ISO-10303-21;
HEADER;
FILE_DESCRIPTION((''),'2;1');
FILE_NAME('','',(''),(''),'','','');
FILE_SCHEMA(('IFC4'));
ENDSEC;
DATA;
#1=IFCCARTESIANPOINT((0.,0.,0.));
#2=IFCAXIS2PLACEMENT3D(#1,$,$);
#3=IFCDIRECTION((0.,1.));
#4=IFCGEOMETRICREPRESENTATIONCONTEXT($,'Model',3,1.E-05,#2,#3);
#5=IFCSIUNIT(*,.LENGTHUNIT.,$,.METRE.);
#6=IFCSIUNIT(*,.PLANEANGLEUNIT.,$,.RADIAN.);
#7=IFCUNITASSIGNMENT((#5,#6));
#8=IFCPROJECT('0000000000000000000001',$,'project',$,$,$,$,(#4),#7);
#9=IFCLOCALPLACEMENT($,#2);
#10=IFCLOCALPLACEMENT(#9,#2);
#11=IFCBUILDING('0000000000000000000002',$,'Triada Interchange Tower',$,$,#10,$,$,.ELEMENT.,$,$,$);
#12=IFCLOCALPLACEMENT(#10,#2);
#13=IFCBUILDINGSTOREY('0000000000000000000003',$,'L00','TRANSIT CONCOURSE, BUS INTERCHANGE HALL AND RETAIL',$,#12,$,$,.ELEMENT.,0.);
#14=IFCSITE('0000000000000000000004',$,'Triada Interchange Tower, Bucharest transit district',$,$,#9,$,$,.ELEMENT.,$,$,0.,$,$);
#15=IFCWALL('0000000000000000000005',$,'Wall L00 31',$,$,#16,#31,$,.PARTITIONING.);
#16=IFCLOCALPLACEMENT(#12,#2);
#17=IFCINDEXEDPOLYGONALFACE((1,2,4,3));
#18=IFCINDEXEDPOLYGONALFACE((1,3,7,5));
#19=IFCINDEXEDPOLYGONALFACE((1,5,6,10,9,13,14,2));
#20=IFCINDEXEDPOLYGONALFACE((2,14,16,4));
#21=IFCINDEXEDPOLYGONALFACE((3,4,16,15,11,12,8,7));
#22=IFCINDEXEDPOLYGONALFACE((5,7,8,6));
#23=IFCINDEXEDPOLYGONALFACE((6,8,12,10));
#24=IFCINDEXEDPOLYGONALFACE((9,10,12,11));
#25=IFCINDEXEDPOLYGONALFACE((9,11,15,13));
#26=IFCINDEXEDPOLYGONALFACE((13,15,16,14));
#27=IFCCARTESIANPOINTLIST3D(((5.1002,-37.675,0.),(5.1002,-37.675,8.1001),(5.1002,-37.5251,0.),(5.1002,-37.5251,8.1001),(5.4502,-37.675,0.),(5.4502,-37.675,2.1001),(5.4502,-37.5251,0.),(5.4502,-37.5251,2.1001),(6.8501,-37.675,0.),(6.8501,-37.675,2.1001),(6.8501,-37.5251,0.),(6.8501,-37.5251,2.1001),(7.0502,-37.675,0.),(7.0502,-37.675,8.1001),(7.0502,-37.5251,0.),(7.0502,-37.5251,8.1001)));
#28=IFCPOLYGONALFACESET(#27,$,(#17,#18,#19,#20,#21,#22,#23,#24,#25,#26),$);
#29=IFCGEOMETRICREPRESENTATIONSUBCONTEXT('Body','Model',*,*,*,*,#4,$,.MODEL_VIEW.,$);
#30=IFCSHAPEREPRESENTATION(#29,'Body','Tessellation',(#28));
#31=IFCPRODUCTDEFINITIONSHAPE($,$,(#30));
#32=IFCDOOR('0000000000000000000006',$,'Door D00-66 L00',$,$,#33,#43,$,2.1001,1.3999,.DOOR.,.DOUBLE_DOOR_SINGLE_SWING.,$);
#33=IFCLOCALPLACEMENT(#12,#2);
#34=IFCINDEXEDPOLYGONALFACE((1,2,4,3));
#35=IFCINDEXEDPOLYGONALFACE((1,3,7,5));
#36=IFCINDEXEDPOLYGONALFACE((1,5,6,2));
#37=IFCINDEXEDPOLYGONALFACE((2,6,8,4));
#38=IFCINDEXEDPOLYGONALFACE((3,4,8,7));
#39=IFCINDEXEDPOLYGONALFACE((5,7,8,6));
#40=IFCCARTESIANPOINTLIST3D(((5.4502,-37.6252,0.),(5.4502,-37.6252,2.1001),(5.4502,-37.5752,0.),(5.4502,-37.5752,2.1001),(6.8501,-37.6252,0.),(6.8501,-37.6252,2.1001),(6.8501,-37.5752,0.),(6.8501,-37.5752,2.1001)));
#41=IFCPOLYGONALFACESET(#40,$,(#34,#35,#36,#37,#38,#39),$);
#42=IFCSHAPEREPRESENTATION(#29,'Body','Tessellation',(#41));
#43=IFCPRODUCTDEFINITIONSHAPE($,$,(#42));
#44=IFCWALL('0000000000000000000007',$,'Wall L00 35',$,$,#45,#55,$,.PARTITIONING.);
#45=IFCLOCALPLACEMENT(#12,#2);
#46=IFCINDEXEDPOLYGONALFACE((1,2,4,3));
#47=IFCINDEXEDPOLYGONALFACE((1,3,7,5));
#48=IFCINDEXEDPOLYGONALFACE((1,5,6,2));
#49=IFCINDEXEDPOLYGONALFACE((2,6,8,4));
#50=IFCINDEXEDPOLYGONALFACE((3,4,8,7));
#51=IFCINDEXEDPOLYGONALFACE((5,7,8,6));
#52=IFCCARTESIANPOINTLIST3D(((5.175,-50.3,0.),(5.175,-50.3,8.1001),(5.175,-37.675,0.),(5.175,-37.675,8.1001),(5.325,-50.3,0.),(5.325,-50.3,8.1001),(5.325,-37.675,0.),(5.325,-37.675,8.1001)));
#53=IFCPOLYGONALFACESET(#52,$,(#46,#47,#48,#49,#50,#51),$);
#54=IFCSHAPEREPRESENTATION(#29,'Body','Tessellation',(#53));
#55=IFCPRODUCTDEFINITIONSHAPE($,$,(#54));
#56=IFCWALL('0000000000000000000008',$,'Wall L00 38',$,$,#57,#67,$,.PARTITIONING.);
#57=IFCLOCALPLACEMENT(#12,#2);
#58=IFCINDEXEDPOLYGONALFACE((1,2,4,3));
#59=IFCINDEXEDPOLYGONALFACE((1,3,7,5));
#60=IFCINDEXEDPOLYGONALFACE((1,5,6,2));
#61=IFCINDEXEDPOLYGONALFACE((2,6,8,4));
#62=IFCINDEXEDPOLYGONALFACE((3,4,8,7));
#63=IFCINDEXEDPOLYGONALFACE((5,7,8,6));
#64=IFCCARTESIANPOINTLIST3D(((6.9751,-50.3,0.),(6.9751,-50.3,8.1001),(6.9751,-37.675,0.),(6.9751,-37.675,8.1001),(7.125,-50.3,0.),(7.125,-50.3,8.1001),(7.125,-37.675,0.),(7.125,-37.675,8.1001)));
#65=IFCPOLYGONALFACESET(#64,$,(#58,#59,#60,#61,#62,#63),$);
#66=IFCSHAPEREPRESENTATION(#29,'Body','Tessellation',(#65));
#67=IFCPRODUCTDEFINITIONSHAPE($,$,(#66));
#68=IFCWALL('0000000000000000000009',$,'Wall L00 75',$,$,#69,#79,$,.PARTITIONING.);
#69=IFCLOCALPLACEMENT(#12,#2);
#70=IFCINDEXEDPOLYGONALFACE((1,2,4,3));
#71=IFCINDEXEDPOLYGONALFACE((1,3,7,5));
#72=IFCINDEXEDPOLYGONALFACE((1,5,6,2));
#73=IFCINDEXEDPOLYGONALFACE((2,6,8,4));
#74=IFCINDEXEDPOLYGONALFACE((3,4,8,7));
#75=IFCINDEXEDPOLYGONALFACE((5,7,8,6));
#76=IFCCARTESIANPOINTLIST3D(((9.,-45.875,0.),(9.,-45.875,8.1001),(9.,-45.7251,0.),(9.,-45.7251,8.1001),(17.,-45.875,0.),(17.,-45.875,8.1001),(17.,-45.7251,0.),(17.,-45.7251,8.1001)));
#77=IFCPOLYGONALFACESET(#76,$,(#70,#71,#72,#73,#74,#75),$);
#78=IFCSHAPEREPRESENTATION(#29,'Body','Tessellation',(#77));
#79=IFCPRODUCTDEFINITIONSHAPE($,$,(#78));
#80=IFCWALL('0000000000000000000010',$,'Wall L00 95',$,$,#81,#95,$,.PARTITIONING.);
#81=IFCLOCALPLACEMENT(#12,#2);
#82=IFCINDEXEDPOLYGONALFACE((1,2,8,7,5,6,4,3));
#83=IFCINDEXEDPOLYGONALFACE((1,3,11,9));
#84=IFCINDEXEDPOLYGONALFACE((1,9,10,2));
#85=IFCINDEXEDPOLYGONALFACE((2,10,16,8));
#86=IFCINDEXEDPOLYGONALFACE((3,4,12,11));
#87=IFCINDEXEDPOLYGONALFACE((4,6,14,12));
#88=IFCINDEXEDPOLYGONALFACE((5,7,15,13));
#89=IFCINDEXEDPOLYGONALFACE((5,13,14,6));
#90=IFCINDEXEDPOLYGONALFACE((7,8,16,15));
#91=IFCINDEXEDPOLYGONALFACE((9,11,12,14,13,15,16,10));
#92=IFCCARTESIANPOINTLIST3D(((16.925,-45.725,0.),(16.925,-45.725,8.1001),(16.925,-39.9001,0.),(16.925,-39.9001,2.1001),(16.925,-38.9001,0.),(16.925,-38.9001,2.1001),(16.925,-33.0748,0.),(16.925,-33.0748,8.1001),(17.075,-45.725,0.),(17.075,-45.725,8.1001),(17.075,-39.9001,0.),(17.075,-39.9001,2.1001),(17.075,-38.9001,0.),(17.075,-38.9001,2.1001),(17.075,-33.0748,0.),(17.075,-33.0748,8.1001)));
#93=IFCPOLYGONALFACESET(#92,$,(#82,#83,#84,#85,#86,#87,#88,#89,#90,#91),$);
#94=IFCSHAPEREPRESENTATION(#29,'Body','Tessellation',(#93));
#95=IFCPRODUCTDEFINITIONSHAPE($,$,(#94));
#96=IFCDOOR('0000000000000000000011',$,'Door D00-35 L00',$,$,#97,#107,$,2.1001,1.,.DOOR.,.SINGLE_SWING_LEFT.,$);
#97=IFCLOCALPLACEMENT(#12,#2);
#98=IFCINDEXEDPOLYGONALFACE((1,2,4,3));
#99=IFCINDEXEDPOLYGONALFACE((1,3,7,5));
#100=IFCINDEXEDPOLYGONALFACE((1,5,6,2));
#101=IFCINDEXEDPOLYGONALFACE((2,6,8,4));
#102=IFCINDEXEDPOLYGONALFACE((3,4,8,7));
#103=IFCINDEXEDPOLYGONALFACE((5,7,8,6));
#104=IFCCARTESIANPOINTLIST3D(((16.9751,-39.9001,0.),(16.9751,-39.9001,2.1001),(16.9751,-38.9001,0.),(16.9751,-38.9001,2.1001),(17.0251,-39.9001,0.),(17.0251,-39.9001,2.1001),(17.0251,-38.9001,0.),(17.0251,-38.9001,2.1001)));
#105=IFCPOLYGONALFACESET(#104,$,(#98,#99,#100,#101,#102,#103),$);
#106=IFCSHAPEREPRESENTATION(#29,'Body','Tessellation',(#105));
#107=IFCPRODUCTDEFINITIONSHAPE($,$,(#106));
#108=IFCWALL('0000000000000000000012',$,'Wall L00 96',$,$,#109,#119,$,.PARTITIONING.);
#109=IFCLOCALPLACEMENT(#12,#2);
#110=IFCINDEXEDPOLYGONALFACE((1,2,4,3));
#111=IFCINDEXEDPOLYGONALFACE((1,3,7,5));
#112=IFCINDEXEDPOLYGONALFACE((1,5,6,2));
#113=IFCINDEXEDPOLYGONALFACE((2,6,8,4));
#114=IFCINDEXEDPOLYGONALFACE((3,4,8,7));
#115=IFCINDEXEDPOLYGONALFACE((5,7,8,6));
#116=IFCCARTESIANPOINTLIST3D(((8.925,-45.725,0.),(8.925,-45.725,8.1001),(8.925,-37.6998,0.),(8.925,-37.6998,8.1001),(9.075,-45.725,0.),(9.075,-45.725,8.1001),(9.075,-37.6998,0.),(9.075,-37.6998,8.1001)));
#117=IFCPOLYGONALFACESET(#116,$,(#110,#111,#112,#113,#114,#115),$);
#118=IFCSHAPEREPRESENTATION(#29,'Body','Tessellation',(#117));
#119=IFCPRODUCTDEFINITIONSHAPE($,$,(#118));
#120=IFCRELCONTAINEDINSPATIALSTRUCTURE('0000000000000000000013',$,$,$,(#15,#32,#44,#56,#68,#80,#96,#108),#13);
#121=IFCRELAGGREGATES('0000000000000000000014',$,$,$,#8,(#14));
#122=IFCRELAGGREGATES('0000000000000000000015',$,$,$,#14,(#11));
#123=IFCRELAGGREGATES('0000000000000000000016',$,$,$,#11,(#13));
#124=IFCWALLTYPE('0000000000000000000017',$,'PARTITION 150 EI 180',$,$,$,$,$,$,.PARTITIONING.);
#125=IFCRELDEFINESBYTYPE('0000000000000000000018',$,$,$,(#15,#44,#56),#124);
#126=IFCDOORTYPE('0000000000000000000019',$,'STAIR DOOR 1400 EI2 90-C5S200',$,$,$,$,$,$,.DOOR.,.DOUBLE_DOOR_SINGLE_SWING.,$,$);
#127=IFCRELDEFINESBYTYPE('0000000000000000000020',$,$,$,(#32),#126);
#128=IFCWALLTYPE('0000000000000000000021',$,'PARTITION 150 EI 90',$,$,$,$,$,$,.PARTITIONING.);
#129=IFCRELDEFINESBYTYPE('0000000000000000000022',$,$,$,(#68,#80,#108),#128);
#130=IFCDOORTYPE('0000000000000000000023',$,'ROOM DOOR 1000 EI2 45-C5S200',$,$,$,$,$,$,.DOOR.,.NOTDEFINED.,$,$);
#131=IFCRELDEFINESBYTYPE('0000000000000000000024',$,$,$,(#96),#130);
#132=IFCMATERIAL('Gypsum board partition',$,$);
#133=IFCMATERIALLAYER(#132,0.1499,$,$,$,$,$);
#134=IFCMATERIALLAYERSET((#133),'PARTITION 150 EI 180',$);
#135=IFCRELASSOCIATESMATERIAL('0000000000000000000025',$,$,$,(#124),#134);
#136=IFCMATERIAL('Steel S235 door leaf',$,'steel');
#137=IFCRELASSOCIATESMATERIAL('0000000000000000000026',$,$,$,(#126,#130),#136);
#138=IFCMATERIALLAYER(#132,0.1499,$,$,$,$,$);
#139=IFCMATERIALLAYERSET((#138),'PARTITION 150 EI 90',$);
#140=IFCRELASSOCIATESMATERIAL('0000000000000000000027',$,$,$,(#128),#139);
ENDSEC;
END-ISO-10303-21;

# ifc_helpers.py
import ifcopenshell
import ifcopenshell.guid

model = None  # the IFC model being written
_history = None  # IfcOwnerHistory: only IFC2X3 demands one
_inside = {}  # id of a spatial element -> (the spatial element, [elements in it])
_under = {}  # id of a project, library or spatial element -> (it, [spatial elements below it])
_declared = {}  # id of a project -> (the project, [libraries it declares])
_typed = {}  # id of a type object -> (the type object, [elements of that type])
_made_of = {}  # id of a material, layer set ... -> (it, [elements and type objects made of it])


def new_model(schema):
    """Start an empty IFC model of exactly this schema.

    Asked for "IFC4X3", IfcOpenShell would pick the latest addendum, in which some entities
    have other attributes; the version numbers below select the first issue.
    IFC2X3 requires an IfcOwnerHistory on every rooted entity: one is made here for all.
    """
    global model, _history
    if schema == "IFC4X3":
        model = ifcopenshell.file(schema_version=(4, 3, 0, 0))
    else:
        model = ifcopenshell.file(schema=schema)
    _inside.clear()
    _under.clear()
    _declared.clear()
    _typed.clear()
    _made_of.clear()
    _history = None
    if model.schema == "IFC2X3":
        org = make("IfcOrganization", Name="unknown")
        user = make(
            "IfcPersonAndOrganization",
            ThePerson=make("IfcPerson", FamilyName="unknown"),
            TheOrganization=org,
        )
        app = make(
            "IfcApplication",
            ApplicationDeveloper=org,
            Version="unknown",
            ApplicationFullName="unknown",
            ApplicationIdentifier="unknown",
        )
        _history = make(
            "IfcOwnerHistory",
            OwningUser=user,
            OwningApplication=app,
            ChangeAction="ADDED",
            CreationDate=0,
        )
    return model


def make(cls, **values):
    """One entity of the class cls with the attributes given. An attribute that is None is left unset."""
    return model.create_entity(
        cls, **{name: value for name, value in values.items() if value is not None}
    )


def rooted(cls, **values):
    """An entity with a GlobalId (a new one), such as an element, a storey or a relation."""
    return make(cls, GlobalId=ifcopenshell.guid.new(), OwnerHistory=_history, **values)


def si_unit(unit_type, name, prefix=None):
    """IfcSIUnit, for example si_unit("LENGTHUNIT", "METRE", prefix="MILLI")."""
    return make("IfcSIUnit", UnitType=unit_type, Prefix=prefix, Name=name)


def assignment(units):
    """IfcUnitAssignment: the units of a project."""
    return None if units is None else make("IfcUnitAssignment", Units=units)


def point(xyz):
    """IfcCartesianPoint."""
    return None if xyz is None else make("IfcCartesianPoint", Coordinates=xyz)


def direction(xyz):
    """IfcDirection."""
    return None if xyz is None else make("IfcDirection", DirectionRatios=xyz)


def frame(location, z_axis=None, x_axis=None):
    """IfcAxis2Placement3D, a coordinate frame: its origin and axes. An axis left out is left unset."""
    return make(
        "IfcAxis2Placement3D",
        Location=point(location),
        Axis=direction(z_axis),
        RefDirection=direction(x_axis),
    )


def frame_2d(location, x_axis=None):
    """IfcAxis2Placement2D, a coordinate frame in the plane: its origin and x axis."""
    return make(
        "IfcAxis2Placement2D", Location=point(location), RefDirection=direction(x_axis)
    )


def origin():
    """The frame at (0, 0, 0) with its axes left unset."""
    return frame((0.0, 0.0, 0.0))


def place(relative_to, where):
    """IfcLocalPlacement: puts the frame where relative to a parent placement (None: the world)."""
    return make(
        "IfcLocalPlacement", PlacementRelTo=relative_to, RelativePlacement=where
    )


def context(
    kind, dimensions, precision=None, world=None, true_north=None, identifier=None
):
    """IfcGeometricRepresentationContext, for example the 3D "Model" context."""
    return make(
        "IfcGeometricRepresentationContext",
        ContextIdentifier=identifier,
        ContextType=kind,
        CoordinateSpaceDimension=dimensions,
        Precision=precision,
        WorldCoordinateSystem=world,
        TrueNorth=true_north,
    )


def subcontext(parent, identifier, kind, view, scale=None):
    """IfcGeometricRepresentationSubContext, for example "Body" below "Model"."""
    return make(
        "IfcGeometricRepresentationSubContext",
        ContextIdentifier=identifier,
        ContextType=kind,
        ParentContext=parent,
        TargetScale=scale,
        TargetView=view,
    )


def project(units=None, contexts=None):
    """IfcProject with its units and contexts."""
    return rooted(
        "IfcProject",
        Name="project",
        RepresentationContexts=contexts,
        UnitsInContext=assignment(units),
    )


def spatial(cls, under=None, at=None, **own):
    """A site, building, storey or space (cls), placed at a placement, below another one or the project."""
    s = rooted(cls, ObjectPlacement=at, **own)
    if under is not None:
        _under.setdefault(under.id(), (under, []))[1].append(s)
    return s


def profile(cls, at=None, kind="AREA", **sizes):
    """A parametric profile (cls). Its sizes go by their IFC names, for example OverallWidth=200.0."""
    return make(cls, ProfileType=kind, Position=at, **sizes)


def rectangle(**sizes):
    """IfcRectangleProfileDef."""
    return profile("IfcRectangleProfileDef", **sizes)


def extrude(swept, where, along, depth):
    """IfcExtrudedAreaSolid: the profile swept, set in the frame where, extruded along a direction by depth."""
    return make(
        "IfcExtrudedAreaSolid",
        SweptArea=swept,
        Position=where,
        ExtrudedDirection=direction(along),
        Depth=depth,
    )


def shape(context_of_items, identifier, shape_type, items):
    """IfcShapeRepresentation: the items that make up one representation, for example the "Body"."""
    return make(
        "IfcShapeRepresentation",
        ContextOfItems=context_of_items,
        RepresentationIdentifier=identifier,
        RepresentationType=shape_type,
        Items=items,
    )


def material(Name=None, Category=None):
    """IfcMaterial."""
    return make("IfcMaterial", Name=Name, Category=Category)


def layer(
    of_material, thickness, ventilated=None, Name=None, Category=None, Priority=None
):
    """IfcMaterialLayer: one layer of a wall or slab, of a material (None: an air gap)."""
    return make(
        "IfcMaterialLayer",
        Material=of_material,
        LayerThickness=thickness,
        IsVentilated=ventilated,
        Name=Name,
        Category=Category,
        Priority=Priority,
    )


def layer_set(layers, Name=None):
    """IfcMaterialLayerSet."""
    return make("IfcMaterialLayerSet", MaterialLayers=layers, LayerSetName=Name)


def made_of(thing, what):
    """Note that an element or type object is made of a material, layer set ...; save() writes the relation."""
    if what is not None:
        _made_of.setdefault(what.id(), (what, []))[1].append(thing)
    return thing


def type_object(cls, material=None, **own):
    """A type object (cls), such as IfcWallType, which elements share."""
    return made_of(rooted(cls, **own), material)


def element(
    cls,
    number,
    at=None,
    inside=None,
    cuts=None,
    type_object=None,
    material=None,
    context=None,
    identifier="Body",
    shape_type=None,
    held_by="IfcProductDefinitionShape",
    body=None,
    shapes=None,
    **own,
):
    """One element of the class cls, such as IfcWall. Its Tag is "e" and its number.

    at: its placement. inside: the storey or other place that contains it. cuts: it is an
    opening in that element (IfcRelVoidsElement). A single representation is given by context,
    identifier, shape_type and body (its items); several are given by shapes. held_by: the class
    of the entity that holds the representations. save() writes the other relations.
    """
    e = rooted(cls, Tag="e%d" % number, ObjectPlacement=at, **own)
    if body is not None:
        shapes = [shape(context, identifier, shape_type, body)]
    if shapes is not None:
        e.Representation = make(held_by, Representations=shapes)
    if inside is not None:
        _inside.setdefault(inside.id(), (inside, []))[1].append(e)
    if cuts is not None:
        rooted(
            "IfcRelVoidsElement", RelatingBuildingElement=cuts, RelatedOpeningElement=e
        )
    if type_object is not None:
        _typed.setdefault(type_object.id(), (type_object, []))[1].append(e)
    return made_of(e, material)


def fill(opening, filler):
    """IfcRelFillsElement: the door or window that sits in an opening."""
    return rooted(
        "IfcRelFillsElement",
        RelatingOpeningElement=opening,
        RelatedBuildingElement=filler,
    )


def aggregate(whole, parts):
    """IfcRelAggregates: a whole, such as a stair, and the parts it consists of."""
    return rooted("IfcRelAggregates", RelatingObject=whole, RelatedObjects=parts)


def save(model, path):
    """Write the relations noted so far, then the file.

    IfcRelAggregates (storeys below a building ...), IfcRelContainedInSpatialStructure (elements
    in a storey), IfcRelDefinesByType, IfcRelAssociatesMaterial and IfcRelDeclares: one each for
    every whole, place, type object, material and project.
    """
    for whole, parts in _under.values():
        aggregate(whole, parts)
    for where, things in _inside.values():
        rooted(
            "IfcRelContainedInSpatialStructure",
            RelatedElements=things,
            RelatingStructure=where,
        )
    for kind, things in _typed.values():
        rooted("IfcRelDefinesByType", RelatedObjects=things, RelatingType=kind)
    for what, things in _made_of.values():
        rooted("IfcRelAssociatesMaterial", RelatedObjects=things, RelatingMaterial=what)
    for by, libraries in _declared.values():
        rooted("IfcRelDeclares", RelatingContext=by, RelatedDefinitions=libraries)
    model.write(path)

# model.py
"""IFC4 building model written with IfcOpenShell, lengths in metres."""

from ifc_helpers import new_model, si_unit, direction, frame, frame_2d, origin, place, context, subcontext, project, spatial, rectangle, extrude, material, layer, layer_set, type_object, element, fill, save


model = new_model("IFC4")

# Units and contexts
model_context = context("Model", 3, precision=1e-05, world=origin(), true_north=direction((0.0, 1.0)))
body_context = subcontext(model_context, "Body", "Model", "MODEL_VIEW")
ifc_project = project(units=[si_unit("LENGTHUNIT", "METRE"), si_unit("PLANEANGLEUNIT", "RADIAN")], contexts=[model_context])

# Site, building, storey
site_placement = place(None, origin())
site = spatial("IfcSite", under=ifc_project, at=site_placement, Name="Triada Interchange Tower, Bucharest transit district", CompositionType="ELEMENT", RefElevation=0.0)
building_placement = place(site_placement, origin())
building = spatial("IfcBuilding", under=site, at=building_placement, Name="Triada Interchange Tower", CompositionType="ELEMENT")
storey_placement = place(building_placement, origin())
storey = spatial("IfcBuildingStorey", under=building, at=storey_placement, Name="L00", Description="TRANSIT CONCOURSE, BUS INTERCHANGE HALL AND RETAIL", CompositionType="ELEMENT", Elevation=0.0)

# Wall, opening, door
ifc_material_1 = material(Name="Gypsum board partition")
ifc_layer_1 = layer(ifc_material_1, 0.1499)
ifc_layer_set_1 = layer_set([ifc_layer_1], Name="PARTITION 150 EI 180")
wall_type_1 = type_object("IfcWallType", Name="PARTITION 150 EI 180", PredefinedType="PARTITIONING", material=ifc_layer_set_1)
wall_1_placement = place(storey_placement, frame((5.1001, -37.6001, 0.0), z_axis=(0.0, 0.0, 1.0), x_axis=(1.0, 0.0, 0.0)))
wall_1 = element("IfcWall", 1, at=wall_1_placement, inside=storey, type_object=wall_type_1, Name="Wall L00 31", PredefinedType="PARTITIONING", context=body_context, shape_type="SweptSolid", body=[
    extrude(rectangle(XDim=1.95, YDim=0.1499, at=frame_2d((0.9751, 0.0))), origin(), (0.0, 0.0, 1.0), 8.1001),
])
opening_1_placement = place(wall_1_placement, frame((0.3501, 0.0, 0.0)))
opening_1 = element("IfcOpeningElement", 2, at=opening_1_placement, cuts=wall_1, PredefinedType="OPENING", context=body_context, shape_type="SweptSolid", body=[
    extrude(rectangle(XDim=1.3999, YDim=2.1001, at=frame_2d((0.7, 1.05))), frame((0.0, 0.085, 0.0), z_axis=(0.0, -1.0, 0.0), x_axis=(1.0, 0.0, 0.0)), (0.0, 0.0, 1.0), 0.1699),
])
ifc_material_2 = material(Name="Steel S235 door leaf", Category="steel")
door_type_1 = type_object("IfcDoorType", Name="STAIR DOOR 1400 EI2 90-C5S200", OperationType="DOUBLE_DOOR_SINGLE_SWING", PredefinedType="DOOR", material=ifc_material_2)
door_1_placement = place(opening_1_placement, origin())
door_1 = element("IfcDoor", 3, at=door_1_placement, inside=storey, type_object=door_type_1, Name="Door D00-66 L00", OperationType="DOUBLE_DOOR_SINGLE_SWING", OverallHeight=2.1001, OverallWidth=1.3999, PredefinedType="DOOR", context=body_context, shape_type="SweptSolid", body=[
    extrude(rectangle(XDim=1.3999, YDim=2.1001, at=frame_2d((0.7, 1.05))), frame((0.0, 0.0249, 0.0), z_axis=(0.0, -1.0, 0.0), x_axis=(1.0, 0.0, 0.0)), (0.0, 0.0, 1.0), 0.05),
])
fill(opening_1, door_1)

# Walls
for number, where, z_axis, x_axis, name in (
    (4, (5.25, -50.3, 0.0), (0.0, 0.0, 1.0), (0.0, 1.0, 0.0), "Wall L00 35"),
    (5, (7.05, -50.3, 0.0), (0.0, 0.0, 1.0), (0.0, 1.0, 0.0), "Wall L00 38"),
):
    element("IfcWall", number, at=place(storey_placement, frame(where, z_axis=z_axis, x_axis=x_axis)), inside=storey, type_object=wall_type_1, Name=name, PredefinedType="PARTITIONING", context=body_context, shape_type="SweptSolid", body=[
        extrude(rectangle(XDim=12.625, YDim=0.1499, at=frame_2d((6.3125, 0.0))), origin(), (0.0, 0.0, 1.0), 8.1001),
    ])
ifc_layer_2 = layer(ifc_material_1, 0.1499)
ifc_layer_set_2 = layer_set([ifc_layer_2], Name="PARTITION 150 EI 90")
wall_type_2 = type_object("IfcWallType", Name="PARTITION 150 EI 90", PredefinedType="PARTITIONING", material=ifc_layer_set_2)
wall_2_placement = place(storey_placement, frame((9.0, -45.8, 0.0), z_axis=(0.0, 0.0, 1.0), x_axis=(1.0, 0.0, 0.0)))
element("IfcWall", 6, at=wall_2_placement, inside=storey, type_object=wall_type_2, Name="Wall L00 75", PredefinedType="PARTITIONING", context=body_context, shape_type="SweptSolid", body=[
    extrude(rectangle(XDim=8.0, YDim=0.1499, at=frame_2d((4.0, 0.0))), origin(), (0.0, 0.0, 1.0), 8.1001),
])

# Wall, opening, door
wall_3_placement = place(storey_placement, frame((17.0, -45.7251, 0.0), z_axis=(0.0, 0.0, 1.0), x_axis=(0.0, 1.0, 0.0)))
wall_3 = element("IfcWall", 7, at=wall_3_placement, inside=storey, type_object=wall_type_2, Name="Wall L00 95", PredefinedType="PARTITIONING", context=body_context, shape_type="SweptSolid", body=[
    extrude(rectangle(XDim=12.6501, YDim=0.1499, at=frame_2d((6.3252, 0.0))), origin(), (0.0, 0.0, 1.0), 8.1001),
])
opening_2_placement = place(wall_3_placement, frame((5.825, 0.0, 0.0)))
opening_2 = element("IfcOpeningElement", 8, at=opening_2_placement, cuts=wall_3, PredefinedType="OPENING", context=body_context, shape_type="SweptSolid", body=[
    extrude(rectangle(XDim=1.0, YDim=2.1001, at=frame_2d((0.5, 1.05))), frame((0.0, 0.085, 0.0), z_axis=(0.0, -1.0, 0.0), x_axis=(1.0, 0.0, 0.0)), (0.0, 0.0, 1.0), 0.1699),
])
door_type_2 = type_object("IfcDoorType", Name="ROOM DOOR 1000 EI2 45-C5S200", OperationType="NOTDEFINED", PredefinedType="DOOR", material=ifc_material_2)
door_2_placement = place(opening_2_placement, origin())
door_2 = element("IfcDoor", 9, at=door_2_placement, inside=storey, type_object=door_type_2, Name="Door D00-35 L00", OperationType="SINGLE_SWING_LEFT", OverallHeight=2.1001, OverallWidth=1.0, PredefinedType="DOOR", context=body_context, shape_type="SweptSolid", body=[
    extrude(rectangle(XDim=1.0, YDim=2.1001, at=frame_2d((0.5, 1.05))), frame((0.0, 0.0249, 0.0), z_axis=(0.0, -1.0, 0.0), x_axis=(1.0, 0.0, 0.0)), (0.0, 0.0, 1.0), 0.05),
])
fill(opening_2, door_2)

# Wall
wall_4_placement = place(storey_placement, frame((9.0, -45.7251, 0.0), z_axis=(0.0, 0.0, 1.0), x_axis=(0.0, 1.0, 0.0)))
element("IfcWall", 10, at=wall_4_placement, inside=storey, type_object=wall_type_2, Name="Wall L00 96", PredefinedType="PARTITIONING", context=body_context, shape_type="SweptSolid", body=[
    extrude(rectangle(XDim=8.0251, YDim=0.1499, at=frame_2d((4.0127, 0.0))), origin(), (0.0, 0.0, 1.0), 8.1001),
])

save(model, "model.ifc")
